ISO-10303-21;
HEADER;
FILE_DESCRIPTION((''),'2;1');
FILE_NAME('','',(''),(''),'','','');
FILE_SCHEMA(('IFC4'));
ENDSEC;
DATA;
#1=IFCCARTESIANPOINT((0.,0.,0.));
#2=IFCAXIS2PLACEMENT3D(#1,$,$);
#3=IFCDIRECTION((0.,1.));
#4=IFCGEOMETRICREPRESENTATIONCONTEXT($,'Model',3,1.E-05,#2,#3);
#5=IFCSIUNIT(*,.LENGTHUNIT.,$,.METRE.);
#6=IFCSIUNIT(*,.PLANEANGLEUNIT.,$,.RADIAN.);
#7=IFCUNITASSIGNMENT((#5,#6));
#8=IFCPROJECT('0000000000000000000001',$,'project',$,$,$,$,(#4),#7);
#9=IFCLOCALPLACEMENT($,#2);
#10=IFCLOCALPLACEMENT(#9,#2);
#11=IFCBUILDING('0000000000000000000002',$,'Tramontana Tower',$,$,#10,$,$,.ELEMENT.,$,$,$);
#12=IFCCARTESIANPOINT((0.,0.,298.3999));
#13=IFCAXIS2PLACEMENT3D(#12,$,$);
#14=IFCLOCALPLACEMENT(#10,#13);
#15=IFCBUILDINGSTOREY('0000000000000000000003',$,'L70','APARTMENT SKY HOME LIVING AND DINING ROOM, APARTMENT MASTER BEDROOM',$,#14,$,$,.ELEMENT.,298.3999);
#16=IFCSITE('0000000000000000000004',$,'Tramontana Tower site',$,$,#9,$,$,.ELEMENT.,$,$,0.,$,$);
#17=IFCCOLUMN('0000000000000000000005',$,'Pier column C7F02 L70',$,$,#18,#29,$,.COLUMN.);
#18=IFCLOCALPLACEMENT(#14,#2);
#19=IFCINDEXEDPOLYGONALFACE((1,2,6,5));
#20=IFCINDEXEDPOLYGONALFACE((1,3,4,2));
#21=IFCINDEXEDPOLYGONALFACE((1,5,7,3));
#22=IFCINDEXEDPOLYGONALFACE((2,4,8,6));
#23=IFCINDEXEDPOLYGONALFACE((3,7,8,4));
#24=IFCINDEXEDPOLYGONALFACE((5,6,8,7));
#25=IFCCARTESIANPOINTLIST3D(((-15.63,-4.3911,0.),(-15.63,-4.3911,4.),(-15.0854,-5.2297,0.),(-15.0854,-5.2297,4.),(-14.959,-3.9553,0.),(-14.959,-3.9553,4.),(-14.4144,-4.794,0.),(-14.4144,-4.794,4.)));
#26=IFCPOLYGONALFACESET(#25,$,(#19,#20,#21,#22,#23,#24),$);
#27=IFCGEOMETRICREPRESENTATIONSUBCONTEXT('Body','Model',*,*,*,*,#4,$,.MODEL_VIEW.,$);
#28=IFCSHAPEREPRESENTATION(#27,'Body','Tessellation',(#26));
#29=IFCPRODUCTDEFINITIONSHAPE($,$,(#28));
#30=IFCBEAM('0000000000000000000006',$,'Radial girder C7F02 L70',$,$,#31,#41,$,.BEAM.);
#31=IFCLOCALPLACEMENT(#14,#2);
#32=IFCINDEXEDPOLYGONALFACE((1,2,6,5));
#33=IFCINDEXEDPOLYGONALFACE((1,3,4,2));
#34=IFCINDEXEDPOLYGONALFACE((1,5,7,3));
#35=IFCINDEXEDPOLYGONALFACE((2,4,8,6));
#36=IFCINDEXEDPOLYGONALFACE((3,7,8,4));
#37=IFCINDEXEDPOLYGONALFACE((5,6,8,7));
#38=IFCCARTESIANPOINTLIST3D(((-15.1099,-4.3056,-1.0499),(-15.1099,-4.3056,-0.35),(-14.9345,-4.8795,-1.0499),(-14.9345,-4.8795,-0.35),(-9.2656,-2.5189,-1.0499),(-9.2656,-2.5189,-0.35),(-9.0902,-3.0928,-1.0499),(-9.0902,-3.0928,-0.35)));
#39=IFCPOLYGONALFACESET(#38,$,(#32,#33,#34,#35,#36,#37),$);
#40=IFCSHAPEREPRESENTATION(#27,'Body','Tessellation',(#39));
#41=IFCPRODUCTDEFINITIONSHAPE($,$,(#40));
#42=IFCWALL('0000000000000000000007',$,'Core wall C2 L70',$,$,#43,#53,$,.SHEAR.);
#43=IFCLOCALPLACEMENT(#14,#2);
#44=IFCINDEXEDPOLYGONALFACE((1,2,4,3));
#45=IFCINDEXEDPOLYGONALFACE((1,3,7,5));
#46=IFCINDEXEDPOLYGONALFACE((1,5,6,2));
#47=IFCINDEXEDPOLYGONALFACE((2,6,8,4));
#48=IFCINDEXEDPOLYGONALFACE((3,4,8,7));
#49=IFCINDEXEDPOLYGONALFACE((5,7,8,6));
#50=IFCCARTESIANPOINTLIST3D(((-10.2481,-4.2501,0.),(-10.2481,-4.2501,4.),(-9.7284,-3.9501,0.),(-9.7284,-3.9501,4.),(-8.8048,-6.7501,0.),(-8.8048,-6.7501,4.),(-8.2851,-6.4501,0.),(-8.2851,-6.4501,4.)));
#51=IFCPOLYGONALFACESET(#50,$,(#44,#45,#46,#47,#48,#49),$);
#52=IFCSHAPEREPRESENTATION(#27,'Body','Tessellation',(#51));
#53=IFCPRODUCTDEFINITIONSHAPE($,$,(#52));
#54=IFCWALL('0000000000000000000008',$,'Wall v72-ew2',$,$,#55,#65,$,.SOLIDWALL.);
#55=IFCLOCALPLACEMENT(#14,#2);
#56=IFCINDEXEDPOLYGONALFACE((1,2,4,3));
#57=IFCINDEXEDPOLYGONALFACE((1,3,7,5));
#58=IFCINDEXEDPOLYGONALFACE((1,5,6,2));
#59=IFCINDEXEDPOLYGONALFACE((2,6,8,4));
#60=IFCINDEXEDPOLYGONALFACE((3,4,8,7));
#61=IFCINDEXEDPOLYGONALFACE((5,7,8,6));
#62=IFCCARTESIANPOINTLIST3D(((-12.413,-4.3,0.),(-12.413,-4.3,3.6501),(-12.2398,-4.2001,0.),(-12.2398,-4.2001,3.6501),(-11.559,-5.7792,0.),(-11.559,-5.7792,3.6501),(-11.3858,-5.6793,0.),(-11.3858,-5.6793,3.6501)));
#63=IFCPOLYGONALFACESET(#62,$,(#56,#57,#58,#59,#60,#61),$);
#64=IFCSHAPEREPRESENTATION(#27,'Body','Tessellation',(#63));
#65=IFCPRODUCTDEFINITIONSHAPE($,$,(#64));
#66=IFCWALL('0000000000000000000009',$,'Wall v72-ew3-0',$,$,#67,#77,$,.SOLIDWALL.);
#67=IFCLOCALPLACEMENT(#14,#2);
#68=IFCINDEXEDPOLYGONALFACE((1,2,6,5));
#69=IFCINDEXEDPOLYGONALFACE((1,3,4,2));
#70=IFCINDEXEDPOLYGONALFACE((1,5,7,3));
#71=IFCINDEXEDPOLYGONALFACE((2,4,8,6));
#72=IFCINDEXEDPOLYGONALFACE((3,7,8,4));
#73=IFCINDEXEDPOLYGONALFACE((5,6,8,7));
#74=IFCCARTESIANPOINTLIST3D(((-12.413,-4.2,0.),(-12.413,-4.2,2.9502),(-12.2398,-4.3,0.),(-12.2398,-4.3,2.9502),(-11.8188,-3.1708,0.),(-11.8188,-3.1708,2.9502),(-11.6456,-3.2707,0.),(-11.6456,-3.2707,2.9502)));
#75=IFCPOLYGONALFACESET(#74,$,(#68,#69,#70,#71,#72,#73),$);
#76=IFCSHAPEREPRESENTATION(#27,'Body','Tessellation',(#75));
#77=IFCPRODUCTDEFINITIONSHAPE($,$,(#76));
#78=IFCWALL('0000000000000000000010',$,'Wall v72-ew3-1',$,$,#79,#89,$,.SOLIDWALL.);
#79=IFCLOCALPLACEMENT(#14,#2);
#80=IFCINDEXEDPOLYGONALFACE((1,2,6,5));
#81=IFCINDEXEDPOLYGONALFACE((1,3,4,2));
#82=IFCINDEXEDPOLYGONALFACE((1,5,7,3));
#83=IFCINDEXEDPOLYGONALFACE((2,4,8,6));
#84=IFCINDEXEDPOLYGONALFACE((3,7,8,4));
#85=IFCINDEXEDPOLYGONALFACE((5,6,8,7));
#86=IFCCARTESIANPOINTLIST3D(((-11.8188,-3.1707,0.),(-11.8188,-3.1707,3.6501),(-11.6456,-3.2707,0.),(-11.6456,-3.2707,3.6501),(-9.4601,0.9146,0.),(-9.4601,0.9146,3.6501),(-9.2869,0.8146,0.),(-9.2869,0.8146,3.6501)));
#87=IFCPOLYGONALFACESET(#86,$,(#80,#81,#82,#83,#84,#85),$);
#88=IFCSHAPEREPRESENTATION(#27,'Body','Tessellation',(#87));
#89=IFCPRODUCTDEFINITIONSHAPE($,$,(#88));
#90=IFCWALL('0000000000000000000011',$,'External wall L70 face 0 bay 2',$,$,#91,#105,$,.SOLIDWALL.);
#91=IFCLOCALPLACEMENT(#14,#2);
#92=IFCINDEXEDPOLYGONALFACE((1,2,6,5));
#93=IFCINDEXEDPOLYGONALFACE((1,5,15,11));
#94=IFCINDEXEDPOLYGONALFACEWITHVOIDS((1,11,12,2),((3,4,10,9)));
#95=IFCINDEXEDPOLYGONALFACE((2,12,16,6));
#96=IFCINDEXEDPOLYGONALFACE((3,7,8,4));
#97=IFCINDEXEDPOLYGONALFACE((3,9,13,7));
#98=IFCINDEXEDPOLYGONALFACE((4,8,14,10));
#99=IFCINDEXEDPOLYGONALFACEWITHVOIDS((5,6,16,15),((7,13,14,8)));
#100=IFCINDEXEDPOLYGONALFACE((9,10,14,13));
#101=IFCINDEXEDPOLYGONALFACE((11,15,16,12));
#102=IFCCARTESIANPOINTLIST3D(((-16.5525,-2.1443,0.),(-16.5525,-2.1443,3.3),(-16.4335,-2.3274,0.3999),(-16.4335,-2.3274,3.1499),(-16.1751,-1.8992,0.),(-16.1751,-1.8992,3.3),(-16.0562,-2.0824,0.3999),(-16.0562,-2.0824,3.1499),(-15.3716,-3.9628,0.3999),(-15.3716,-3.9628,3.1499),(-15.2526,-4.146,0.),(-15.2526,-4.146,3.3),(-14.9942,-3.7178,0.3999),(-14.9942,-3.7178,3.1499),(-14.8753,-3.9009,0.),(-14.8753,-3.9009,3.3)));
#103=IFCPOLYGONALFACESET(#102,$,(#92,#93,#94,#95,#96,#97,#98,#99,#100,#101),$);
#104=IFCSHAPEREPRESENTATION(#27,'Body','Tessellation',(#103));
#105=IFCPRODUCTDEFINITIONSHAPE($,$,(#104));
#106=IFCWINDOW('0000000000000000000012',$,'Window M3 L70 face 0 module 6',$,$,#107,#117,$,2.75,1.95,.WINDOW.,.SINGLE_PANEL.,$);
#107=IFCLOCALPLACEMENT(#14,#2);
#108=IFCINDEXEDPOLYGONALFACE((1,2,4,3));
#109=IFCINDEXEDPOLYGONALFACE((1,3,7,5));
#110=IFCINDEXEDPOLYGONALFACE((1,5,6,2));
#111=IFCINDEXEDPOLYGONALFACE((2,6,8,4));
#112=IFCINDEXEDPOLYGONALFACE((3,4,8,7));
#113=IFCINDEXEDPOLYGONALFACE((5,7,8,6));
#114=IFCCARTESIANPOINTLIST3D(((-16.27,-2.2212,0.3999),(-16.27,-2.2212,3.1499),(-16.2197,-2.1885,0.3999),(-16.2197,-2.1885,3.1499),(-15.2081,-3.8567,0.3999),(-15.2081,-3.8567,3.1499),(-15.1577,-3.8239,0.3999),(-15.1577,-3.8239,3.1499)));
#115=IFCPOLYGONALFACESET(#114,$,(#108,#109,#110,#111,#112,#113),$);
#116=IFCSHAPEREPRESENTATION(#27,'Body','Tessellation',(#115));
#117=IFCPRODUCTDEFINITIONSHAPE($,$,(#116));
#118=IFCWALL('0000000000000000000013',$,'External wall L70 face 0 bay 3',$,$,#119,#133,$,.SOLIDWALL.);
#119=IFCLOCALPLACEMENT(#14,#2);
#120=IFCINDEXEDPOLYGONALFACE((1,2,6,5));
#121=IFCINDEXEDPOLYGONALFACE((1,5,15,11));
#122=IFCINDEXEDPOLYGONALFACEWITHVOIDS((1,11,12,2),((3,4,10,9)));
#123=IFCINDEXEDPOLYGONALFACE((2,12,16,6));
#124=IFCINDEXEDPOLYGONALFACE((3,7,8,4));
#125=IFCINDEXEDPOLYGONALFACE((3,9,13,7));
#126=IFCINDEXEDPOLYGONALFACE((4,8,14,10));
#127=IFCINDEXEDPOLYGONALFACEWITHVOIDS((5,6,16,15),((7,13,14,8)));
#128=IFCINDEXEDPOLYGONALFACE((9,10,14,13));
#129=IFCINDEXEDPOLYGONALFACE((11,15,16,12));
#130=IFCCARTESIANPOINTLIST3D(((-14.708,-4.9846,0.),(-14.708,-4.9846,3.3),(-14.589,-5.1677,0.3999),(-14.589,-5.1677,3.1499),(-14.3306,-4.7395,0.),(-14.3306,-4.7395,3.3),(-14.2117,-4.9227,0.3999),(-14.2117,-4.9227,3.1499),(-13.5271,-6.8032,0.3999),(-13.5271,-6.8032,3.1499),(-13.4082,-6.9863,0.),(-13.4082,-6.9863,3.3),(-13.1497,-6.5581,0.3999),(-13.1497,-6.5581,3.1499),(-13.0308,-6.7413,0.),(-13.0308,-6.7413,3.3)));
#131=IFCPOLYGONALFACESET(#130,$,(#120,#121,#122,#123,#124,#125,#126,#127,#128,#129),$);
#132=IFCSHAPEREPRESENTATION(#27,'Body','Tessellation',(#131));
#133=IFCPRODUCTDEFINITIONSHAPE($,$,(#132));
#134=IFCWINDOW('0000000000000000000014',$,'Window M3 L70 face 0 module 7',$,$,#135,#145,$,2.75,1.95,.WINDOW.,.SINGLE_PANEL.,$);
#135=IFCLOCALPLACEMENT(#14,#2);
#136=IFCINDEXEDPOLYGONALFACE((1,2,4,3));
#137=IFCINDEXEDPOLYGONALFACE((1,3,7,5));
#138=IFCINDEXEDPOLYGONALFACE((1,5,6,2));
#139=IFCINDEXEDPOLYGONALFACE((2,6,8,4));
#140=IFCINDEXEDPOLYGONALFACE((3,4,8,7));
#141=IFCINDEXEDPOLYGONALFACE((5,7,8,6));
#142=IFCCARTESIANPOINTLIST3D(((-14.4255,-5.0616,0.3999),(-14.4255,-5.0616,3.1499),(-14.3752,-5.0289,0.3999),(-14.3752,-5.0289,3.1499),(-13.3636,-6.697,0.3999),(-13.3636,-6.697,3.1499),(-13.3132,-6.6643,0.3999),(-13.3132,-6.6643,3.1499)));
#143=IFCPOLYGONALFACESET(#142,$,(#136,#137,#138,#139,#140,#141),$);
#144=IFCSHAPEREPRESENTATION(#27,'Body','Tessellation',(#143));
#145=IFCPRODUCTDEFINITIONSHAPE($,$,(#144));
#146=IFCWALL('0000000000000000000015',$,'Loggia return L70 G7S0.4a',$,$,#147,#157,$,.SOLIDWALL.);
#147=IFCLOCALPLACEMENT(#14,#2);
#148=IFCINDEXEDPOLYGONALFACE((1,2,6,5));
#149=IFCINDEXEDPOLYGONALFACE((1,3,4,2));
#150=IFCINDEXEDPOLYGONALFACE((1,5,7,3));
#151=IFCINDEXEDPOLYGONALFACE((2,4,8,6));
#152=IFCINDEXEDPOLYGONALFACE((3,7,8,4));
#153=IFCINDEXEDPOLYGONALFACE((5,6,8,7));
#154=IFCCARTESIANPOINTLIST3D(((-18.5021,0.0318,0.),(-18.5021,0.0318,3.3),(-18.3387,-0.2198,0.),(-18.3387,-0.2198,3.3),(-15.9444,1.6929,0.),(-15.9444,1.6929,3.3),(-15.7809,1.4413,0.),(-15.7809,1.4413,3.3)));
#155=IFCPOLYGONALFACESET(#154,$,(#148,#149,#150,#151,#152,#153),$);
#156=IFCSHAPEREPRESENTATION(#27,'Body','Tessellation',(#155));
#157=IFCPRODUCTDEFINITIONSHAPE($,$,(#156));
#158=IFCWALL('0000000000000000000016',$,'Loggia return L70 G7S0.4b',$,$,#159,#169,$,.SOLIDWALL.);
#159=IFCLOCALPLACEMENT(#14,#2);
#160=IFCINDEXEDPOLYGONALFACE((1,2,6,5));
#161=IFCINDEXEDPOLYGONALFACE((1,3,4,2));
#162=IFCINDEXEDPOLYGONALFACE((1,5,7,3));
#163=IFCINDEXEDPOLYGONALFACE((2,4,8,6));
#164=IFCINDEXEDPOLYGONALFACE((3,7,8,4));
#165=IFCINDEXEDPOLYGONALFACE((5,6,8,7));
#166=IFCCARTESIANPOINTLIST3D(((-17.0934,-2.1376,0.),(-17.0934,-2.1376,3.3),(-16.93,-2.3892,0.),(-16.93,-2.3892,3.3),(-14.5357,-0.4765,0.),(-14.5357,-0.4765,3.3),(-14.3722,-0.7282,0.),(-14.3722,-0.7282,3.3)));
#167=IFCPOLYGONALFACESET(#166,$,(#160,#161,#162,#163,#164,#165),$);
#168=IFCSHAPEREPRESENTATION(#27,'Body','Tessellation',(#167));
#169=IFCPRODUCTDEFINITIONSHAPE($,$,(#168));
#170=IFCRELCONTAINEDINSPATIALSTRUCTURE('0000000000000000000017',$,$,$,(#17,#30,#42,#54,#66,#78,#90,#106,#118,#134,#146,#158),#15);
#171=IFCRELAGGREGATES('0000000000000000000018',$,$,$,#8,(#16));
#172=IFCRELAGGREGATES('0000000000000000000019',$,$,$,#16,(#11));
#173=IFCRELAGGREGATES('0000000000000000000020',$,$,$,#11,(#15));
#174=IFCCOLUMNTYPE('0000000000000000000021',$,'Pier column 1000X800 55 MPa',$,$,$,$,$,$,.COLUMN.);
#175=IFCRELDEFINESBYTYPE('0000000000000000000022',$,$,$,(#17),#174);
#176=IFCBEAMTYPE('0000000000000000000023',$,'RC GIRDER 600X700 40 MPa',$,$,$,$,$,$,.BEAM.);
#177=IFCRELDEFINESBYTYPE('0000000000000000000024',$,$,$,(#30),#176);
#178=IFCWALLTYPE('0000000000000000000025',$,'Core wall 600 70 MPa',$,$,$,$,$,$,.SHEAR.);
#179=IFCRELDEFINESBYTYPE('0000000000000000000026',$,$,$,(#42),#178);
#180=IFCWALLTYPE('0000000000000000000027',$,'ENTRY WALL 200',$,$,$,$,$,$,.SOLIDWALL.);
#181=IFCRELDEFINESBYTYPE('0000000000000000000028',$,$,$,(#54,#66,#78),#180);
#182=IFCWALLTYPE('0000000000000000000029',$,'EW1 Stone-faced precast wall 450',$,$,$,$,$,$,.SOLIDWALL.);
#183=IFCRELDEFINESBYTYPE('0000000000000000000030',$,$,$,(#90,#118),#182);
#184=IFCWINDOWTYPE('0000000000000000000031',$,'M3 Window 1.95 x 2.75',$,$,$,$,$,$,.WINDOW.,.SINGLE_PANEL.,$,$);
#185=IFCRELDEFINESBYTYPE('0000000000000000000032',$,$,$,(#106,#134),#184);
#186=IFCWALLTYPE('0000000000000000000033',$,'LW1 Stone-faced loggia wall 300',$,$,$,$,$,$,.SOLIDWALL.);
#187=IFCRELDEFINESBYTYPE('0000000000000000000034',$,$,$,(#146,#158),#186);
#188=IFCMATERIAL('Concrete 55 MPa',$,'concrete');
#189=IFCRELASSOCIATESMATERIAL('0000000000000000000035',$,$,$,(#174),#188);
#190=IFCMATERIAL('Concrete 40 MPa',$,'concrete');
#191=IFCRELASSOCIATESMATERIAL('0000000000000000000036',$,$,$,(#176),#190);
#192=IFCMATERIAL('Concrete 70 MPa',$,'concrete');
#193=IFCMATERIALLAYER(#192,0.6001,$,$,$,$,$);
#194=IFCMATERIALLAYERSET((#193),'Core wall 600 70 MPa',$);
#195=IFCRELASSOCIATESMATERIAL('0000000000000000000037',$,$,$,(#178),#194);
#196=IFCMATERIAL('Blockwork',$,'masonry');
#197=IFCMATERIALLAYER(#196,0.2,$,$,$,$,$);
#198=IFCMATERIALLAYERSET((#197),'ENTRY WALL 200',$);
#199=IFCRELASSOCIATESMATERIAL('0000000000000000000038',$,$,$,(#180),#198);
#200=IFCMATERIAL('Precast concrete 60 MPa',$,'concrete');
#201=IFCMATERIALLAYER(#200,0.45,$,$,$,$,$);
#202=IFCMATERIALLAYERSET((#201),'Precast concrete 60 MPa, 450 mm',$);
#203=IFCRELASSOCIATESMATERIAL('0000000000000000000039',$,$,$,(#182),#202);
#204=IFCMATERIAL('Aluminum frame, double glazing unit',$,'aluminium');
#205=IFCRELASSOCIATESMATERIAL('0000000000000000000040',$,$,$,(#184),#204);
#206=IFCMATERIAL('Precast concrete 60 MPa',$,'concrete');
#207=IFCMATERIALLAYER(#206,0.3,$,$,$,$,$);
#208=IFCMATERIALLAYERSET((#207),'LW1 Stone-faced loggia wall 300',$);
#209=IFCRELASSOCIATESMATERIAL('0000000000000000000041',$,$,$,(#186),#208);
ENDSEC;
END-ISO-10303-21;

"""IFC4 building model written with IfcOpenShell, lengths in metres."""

from ifc_helpers import new_model, si_unit, direction, frame, frame_2d, origin, origin_2d, place, context, subcontext, project, spatial, rectangle, extrude, material, layer, layer_set, material_profile, profile_set, type_object, element, fill, save


model = new_model("IFC4")

# Units and contexts
model_context = context("Model", 3, precision=1e-05, world=origin(), true_north=direction((0.0, 1.0)))
body_context = subcontext(model_context, "Body", "Model", "MODEL_VIEW")
ifc_project = project(units=[si_unit("LENGTHUNIT", "METRE"), si_unit("PLANEANGLEUNIT", "RADIAN")], contexts=[model_context])

# Site, building, storey
site_placement = place(None, origin())
site = spatial("IfcSite", under=ifc_project, at=site_placement, Name="Tramontana Tower site", CompositionType="ELEMENT", RefElevation=0.0)
building_placement = place(site_placement, origin())
building = spatial("IfcBuilding", under=site, at=building_placement, Name="Tramontana Tower", CompositionType="ELEMENT")
storey_placement = place(building_placement, frame((0.0, 0.0, 298.3999)))
storey = spatial("IfcBuildingStorey", under=building, at=storey_placement, Name="L70", Description="APARTMENT SKY HOME LIVING AND DINING ROOM, APARTMENT MASTER BEDROOM", CompositionType="ELEMENT", Elevation=298.3999)

# Column
ifc_material_1 = material(Name="Concrete 55 MPa", Category="concrete")
ifc_material_profile_1 = material_profile(ifc_material_1, rectangle(XDim=1.0, YDim=0.8, at=origin_2d()), Name="Pier column 1000X800 55 MPa")
ifc_profile_set_1 = profile_set([ifc_material_profile_1], Name="Concrete 55 MPa")
column_type = type_object("IfcColumnType", Name="Pier column 1000X800 55 MPa", PredefinedType="COLUMN", material=ifc_profile_set_1)
column_placement = place(storey_placement, frame((-15.0222, -4.5925, 0.0), z_axis=(0.0, 0.0, 1.0), x_axis=(0.544639, -0.838671, 0.0)))
element("IfcColumn", 1, at=column_placement, inside=storey, type_object=column_type, Name="Pier column C7F02 L70", PredefinedType="COLUMN", context=body_context, shape_type="SweptSolid", body=[
    extrude(rectangle(XDim=1.0, YDim=0.8, at=origin_2d()), origin(), (0.0, 0.0, 1.0), 4.0),
])

# Beam
ifc_material_2 = material(Name="Concrete 40 MPa", Category="concrete")
ifc_material_profile_2 = material_profile(ifc_material_2, rectangle(XDim=0.6001, YDim=0.7, at=origin_2d()), Name="RC GIRDER 600X700 40 MPa")
ifc_profile_set_2 = profile_set([ifc_material_profile_2], Name="Concrete 40 MPa")
beam_type = type_object("IfcBeamType", Name="RC GIRDER 600X700 40 MPa", PredefinedType="BEAM", material=ifc_profile_set_2)
beam_placement = place(storey_placement, frame((-15.0222, -4.5925, -0.7), z_axis=(0.956311, 0.29235, 0.0), x_axis=(-0.29235, 0.956311, 0.0)))
element("IfcBeam", 2, at=beam_placement, inside=storey, type_object=beam_type, Name="Radial girder C7F02 L70", PredefinedType="BEAM", context=body_context, shape_type="SweptSolid", body=[
    extrude(rectangle(XDim=0.6001, YDim=0.7, at=origin_2d()), origin(), (0.0, 0.0, 1.0), 6.1113),
])

# Walls
ifc_material_3 = material(Name="Concrete 70 MPa", Category="concrete")
ifc_layer_1 = layer(ifc_material_3, 0.6001)
ifc_layer_set_1 = layer_set([ifc_layer_1], Name="Core wall 600 70 MPa")
wall_type_1 = type_object("IfcWallType", Name="Core wall 600 70 MPa", PredefinedType="SHEAR", material=ifc_layer_set_1)
wall_1_placement = place(storey_placement, frame((-9.9883, -4.1001, 0.0), z_axis=(0.0, 0.0, 1.0), x_axis=(0.499996, -0.866028, 0.0)))
element("IfcWall", 3, at=wall_1_placement, inside=storey, type_object=wall_type_1, Name="Core wall C2 L70", PredefinedType="SHEAR", context=body_context, shape_type="SweptSolid", body=[
    extrude(rectangle(XDim=2.8867, YDim=0.6001, at=frame_2d((1.4434, 0.0))), origin(), (0.0, 0.0, 1.0), 4.0),
])
ifc_material_4 = material(Name="Blockwork", Category="masonry")
ifc_layer_2 = layer(ifc_material_4, 0.2)
ifc_layer_set_2 = layer_set([ifc_layer_2], Name="ENTRY WALL 200")
wall_type_2 = type_object("IfcWallType", Name="ENTRY WALL 200", PredefinedType="SOLIDWALL", material=ifc_layer_set_2)
wall_2_placement = place(storey_placement, frame((-11.4724, -5.7292, 0.0), z_axis=(0.0, 0.0, 1.0), x_axis=(-0.499982, 0.866036, 0.0)))
element("IfcWall", 4, at=wall_2_placement, inside=storey, type_object=wall_type_2, Name="Wall v72-ew2", PredefinedType="SOLIDWALL", context=body_context, shape_type="SweptSolid", body=[
    extrude(rectangle(XDim=1.708, YDim=0.2, at=frame_2d((0.854, 0.0))), origin(), (0.0, 0.0, 1.0), 3.6501),
])
wall_3_placement = place(storey_placement, frame((-12.3264, -4.25, 0.0), z_axis=(0.0, 0.0, 1.0), x_axis=(0.499983, 0.866035, 0.0)))
element("IfcWall", 5, at=wall_3_placement, inside=storey, type_object=wall_type_2, Name="Wall v72-ew3-0", PredefinedType="SOLIDWALL", context=body_context, shape_type="SweptSolid", body=[
    extrude(rectangle(XDim=1.1885, YDim=0.2, at=frame_2d((0.5942, 0.0))), origin(), (0.0, 0.0, 1.0), 2.9502),
])
wall_4_placement = place(storey_placement, frame((-11.7322, -3.2207, 0.0), z_axis=(0.0, 0.0, 1.0), x_axis=(0.500008, 0.866021, 0.0)))
element("IfcWall", 6, at=wall_4_placement, inside=storey, type_object=wall_type_2, Name="Wall v72-ew3-1", PredefinedType="SOLIDWALL", context=body_context, shape_type="SweptSolid", body=[
    extrude(rectangle(XDim=4.7173, YDim=0.2, at=frame_2d((2.3586, 0.0))), origin(), (0.0, 0.0, 1.0), 3.6501),
])

# Walls, openings, windows
ifc_material_5 = material(Name="Precast concrete 60 MPa", Category="concrete")
ifc_layer_3 = layer(ifc_material_5, 0.45)
ifc_layer_set_3 = layer_set([ifc_layer_3], Name="Precast concrete 60 MPa, 450 mm")
wall_type_3 = type_object("IfcWallType", Name="EW1 Stone-faced precast wall 450", PredefinedType="SOLIDWALL", material=ifc_layer_set_3)
wall_5_placement = place(storey_placement, frame((-16.3638, -2.0217, 0.0), z_axis=(0.0, 0.0, 1.0), x_axis=(0.544604, -0.838694, 0.0)))
wall_5 = element("IfcWall", 7, at=wall_5_placement, inside=storey, type_object=wall_type_3, Name="External wall L70 face 0 bay 2", PredefinedType="SOLIDWALL", context=body_context, shape_type="SweptSolid", body=[
    extrude(rectangle(XDim=2.3867, YDim=0.45, at=frame_2d((1.1934, 0.0))), origin(), (0.0, 0.0, 1.0), 3.3),
])
opening_1_placement = place(wall_5_placement, frame((0.2183, 0.0, 0.3999)))
opening_1 = element("IfcOpeningElement", 8, at=opening_1_placement, cuts=wall_5, PredefinedType="OPENING", context=body_context, shape_type="SweptSolid", body=[
    extrude(rectangle(XDim=1.95, YDim=2.75, at=frame_2d((0.9751, 1.375))), frame((0.0, 0.2349, 0.0), z_axis=(0.0, -1.0, 0.0), x_axis=(1.0, 0.0, 0.0)), (0.0, 0.0, 1.0), 0.47),
])
ifc_material_6 = material(Name="Aluminum frame, double glazing unit", Category="aluminium")
window_type = type_object("IfcWindowType", Name="M3 Window 1.95 x 2.75", PartitioningType="SINGLE_PANEL", PredefinedType="WINDOW", material=ifc_material_6)
window_1_placement = place(opening_1_placement, origin())
window_1 = element("IfcWindow", 9, at=window_1_placement, inside=storey, type_object=window_type, Name="Window M3 L70 face 0 module 6", OverallHeight=2.75, OverallWidth=1.95, PartitioningType="SINGLE_PANEL", PredefinedType="WINDOW", context=body_context, shape_type="SweptSolid", body=[
    extrude(rectangle(XDim=1.95, YDim=2.75, at=frame_2d((0.9751, 1.375))), frame((0.0, 0.03, 0.0), z_axis=(0.0, -1.0, 0.0), x_axis=(1.0, 0.0, 0.0)), (0.0, 0.0, 1.0), 0.0601),
])
fill(opening_1, window_1)
wall_6_placement = place(storey_placement, frame((-14.5193, -4.8621, 0.0), z_axis=(0.0, 0.0, 1.0), x_axis=(0.544604, -0.838694, 0.0)))
wall_6 = element("IfcWall", 10, at=wall_6_placement, inside=storey, type_object=wall_type_3, Name="External wall L70 face 0 bay 3", PredefinedType="SOLIDWALL", context=body_context, shape_type="SweptSolid", body=[
    extrude(rectangle(XDim=2.3867, YDim=0.45, at=frame_2d((1.1934, 0.0))), origin(), (0.0, 0.0, 1.0), 3.3),
])
opening_2_placement = place(wall_6_placement, frame((0.2183, 0.0, 0.3999)))
opening_2 = element("IfcOpeningElement", 11, at=opening_2_placement, cuts=wall_6, PredefinedType="OPENING", context=body_context, shape_type="SweptSolid", body=[
    extrude(rectangle(XDim=1.95, YDim=2.75, at=frame_2d((0.9751, 1.375))), frame((0.0, 0.2349, 0.0), z_axis=(0.0, -1.0, 0.0), x_axis=(1.0, 0.0, 0.0)), (0.0, 0.0, 1.0), 0.47),
])
window_2_placement = place(opening_2_placement, origin())
window_2 = element("IfcWindow", 12, at=window_2_placement, inside=storey, type_object=window_type, Name="Window M3 L70 face 0 module 7", OverallHeight=2.75, OverallWidth=1.95, PartitioningType="SINGLE_PANEL", PredefinedType="WINDOW", context=body_context, shape_type="SweptSolid", body=[
    extrude(rectangle(XDim=1.95, YDim=2.75, at=frame_2d((0.9751, 1.375))), frame((0.0, 0.03, 0.0), z_axis=(0.0, -1.0, 0.0), x_axis=(1.0, 0.0, 0.0)), (0.0, 0.0, 1.0), 0.0601),
])
fill(opening_2, window_2)

# Walls
ifc_material_7 = material(Name="Precast concrete 60 MPa", Category="concrete")
ifc_layer_4 = layer(ifc_material_7, 0.3)
ifc_layer_set_4 = layer_set([ifc_layer_4], Name="LW1 Stone-faced loggia wall 300")
wall_type_4 = type_object("IfcWallType", Name="LW1 Stone-faced loggia wall 300", PredefinedType="SOLIDWALL", material=ifc_layer_set_4)
for number, where, z_axis, x_axis, name in (
    (13, (-18.4204, -0.094, 0.0), (0.0, 0.0, 1.0), (0.838665, 0.544648, 0.0), "Loggia return L70 G7S0.4a"),
    (14, (-17.0117, -2.2634, 0.0), (0.0, 0.0, 1.0), (0.838665, 0.544648, 0.0), "Loggia return L70 G7S0.4b"),
):
    element("IfcWall", number, at=place(storey_placement, frame(where, z_axis=z_axis, x_axis=x_axis)), inside=storey, type_object=wall_type_4, Name=name, PredefinedType="SOLIDWALL", context=body_context, shape_type="SweptSolid", body=[
        extrude(rectangle(XDim=3.0498, YDim=0.3, at=frame_2d((1.5249, 0.0))), origin(), (0.0, 0.0, 1.0), 3.3),
    ])

save(model, "model.ifc")
